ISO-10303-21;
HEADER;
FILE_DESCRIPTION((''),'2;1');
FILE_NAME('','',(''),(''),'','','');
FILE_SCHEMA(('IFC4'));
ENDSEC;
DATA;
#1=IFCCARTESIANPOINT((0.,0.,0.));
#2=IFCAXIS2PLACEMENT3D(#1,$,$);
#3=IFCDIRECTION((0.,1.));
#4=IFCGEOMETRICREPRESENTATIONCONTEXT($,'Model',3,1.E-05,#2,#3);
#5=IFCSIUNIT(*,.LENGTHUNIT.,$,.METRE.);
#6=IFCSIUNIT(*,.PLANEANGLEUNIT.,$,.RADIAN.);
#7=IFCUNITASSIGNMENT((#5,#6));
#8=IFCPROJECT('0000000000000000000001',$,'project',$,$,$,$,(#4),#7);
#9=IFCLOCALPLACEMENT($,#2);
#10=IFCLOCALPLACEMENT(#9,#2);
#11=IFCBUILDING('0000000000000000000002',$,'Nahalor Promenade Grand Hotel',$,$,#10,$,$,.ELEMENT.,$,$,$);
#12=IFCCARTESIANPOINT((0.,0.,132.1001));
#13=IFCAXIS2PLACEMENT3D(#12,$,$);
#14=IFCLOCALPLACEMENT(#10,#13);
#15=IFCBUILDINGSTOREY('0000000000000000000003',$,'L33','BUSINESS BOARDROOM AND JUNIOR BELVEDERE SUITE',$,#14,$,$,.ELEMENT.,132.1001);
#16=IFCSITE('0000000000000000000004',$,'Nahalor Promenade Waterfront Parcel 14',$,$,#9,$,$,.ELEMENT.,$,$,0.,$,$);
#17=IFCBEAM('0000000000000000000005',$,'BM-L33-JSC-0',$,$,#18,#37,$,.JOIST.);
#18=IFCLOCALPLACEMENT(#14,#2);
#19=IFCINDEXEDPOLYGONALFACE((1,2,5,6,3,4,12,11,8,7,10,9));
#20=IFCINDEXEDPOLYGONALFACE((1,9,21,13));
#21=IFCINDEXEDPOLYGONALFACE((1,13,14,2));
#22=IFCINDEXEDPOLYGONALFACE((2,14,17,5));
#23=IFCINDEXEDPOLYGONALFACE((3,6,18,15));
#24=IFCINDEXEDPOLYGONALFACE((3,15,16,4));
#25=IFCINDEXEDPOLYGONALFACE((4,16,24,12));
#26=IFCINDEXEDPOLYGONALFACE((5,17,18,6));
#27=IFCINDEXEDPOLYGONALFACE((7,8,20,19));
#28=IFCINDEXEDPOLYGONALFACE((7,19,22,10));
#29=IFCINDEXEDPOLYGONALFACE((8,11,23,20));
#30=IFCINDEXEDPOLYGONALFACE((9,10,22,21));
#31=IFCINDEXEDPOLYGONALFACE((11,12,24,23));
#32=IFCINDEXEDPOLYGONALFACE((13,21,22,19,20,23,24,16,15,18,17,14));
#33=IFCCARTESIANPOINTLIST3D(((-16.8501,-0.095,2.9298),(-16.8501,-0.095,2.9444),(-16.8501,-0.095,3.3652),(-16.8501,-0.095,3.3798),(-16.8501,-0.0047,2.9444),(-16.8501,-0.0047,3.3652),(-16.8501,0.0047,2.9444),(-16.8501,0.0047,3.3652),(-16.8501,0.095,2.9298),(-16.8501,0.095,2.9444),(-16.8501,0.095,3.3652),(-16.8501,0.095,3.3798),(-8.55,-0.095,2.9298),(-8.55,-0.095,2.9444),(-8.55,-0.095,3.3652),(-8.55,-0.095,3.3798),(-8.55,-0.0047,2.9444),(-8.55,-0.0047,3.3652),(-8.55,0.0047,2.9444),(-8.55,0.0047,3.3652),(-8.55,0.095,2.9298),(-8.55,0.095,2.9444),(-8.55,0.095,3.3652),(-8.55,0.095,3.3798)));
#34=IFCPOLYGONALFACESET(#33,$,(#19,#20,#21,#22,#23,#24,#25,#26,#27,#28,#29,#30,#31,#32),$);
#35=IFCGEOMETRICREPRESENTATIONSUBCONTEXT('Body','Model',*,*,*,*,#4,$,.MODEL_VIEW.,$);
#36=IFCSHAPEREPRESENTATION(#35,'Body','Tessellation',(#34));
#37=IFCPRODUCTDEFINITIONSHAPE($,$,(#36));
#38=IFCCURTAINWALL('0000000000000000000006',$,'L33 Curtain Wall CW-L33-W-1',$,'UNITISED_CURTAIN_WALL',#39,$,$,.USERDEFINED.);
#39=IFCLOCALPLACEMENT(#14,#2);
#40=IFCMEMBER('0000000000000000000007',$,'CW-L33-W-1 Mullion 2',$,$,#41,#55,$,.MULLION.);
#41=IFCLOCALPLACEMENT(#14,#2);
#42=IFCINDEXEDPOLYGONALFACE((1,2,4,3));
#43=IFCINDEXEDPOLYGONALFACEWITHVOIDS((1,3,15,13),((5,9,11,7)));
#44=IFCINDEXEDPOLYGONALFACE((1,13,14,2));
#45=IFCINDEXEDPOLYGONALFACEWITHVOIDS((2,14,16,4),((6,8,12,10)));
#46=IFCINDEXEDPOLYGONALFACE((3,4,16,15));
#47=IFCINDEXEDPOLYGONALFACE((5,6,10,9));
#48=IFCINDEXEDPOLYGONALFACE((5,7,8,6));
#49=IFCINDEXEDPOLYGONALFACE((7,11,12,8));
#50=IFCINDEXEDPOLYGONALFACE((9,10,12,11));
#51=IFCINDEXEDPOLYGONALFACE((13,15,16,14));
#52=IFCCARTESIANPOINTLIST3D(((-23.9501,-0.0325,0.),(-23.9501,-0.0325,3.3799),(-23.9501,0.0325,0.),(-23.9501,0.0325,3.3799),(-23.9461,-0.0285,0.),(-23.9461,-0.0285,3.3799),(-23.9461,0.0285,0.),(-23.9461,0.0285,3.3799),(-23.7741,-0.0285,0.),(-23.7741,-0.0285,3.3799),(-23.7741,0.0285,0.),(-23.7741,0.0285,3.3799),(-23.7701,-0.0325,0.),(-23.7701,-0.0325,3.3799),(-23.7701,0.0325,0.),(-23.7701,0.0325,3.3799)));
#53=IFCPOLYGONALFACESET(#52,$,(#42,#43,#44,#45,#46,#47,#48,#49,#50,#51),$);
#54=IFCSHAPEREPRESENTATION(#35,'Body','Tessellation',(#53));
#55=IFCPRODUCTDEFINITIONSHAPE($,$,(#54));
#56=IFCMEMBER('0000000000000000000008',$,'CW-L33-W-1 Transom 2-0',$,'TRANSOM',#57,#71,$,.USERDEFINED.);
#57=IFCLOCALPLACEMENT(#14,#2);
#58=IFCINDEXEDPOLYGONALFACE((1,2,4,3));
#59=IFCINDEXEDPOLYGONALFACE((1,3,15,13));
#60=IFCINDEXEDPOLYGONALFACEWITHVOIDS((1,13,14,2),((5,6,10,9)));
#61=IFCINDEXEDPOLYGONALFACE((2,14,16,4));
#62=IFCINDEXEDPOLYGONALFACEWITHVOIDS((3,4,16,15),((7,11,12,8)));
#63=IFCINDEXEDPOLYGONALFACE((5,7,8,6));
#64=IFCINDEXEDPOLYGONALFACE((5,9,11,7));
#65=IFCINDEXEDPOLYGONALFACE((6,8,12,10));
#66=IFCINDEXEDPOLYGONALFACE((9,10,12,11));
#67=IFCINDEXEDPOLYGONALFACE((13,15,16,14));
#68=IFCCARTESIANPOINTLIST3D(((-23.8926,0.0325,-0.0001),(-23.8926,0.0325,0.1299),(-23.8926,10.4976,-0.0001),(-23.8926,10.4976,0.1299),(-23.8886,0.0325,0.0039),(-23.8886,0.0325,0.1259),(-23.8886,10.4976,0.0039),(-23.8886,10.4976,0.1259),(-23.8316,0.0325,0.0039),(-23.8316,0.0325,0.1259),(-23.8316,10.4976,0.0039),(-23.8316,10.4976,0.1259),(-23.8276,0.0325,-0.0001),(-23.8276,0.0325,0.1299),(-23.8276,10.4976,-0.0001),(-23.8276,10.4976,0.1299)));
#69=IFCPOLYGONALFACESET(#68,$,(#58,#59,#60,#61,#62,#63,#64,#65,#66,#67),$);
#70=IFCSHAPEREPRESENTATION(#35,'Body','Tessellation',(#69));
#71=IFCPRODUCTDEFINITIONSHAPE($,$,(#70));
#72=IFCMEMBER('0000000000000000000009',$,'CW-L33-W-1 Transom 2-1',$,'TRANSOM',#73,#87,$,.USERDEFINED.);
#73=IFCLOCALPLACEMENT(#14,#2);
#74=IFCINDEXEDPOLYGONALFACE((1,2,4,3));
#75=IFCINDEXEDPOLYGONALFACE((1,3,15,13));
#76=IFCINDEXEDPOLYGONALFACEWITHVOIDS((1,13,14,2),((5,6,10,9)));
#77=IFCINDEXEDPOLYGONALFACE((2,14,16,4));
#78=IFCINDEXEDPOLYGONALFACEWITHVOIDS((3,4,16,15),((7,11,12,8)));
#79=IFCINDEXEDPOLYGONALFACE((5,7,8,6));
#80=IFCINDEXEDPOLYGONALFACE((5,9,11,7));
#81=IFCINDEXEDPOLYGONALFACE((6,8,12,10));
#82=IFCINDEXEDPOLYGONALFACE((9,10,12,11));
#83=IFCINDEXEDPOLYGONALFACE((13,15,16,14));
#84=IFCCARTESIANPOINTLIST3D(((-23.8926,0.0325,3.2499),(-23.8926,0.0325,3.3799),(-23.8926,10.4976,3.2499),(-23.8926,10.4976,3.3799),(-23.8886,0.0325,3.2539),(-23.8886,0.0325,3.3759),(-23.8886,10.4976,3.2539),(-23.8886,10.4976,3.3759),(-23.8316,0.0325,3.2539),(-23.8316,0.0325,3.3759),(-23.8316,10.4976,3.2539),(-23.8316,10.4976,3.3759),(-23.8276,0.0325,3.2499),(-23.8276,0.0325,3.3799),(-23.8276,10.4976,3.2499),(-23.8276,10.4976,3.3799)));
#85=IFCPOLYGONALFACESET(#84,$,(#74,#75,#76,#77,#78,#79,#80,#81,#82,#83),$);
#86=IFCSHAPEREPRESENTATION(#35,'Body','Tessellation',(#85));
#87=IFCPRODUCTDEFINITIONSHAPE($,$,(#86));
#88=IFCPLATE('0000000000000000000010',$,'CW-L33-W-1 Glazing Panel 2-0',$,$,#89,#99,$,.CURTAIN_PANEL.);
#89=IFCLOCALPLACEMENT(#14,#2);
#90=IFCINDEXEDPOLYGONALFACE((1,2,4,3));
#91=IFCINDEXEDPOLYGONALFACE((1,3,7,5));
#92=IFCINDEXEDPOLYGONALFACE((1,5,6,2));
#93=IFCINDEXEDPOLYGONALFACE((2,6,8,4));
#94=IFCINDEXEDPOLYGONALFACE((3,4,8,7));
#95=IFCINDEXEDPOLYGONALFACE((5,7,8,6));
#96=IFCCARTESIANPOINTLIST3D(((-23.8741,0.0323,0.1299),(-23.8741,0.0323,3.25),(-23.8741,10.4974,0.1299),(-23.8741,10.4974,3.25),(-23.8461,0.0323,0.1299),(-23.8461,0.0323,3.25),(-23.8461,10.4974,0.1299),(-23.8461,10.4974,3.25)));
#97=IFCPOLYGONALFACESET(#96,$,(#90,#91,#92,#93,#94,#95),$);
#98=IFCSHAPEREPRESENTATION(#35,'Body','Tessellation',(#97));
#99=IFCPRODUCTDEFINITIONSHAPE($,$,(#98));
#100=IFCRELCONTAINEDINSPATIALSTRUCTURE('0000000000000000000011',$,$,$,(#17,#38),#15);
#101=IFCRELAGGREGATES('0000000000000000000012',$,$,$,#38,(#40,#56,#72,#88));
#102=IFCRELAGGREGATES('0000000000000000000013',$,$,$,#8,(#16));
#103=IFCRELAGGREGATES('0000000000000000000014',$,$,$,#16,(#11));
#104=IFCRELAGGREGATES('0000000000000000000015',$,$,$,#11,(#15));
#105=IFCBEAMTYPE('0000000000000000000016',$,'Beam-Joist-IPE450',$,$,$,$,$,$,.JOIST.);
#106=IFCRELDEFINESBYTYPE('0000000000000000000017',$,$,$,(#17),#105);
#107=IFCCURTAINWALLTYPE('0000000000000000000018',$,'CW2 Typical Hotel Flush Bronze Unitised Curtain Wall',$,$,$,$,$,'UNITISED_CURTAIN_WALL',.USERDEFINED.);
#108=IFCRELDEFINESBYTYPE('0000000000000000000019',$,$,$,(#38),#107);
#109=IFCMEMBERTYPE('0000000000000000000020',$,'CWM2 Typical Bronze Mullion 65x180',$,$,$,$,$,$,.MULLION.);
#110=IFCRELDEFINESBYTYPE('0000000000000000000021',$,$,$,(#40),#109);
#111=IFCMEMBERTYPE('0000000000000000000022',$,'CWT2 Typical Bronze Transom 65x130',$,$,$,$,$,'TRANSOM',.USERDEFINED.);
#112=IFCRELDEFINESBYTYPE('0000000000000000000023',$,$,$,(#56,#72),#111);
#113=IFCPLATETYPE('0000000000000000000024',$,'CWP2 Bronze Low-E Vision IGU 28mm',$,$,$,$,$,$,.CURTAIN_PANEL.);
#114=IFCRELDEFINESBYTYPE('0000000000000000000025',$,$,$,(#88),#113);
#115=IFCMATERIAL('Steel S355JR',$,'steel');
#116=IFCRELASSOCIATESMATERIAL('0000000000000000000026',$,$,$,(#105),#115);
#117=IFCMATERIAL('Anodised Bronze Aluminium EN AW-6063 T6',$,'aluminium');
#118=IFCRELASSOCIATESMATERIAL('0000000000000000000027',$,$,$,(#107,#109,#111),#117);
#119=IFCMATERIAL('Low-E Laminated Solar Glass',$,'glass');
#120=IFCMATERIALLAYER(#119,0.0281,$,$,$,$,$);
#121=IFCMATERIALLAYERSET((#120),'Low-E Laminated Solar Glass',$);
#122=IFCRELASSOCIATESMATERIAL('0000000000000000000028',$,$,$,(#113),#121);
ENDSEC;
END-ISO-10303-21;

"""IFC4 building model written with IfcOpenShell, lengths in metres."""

from ifc_helpers import new_model, si_unit, direction, frame, origin, origin_2d, place, context, subcontext, project, spatial, rectangle, hollow_rectangle, i_section, extrude, source, transform, mapped, material, layer, layer_set, material_profile, profile_set, type_object, element, aggregate, save


model = new_model("IFC4")

# Units and contexts
model_context = context("Model", 3, precision=1e-05, world=origin(), true_north=direction((0.0, 1.0)))
body_context = subcontext(model_context, "Body", "Model", "MODEL_VIEW")
ifc_project = project(units=[si_unit("LENGTHUNIT", "METRE"), si_unit("PLANEANGLEUNIT", "RADIAN")], contexts=[model_context])

# Site, building, storey
site_placement = place(None, origin())
site = spatial("IfcSite", under=ifc_project, at=site_placement, Name="Nahalor Promenade Waterfront Parcel 14", CompositionType="ELEMENT", RefElevation=0.0)
building_placement = place(site_placement, origin())
building = spatial("IfcBuilding", under=site, at=building_placement, Name="Nahalor Promenade Grand Hotel", CompositionType="ELEMENT")
storey_placement = place(building_placement, frame((0.0, 0.0, 132.1001)))
storey = spatial("IfcBuildingStorey", under=building, at=storey_placement, Name="L33", Description="BUSINESS BOARDROOM AND JUNIOR BELVEDERE SUITE", CompositionType="ELEMENT", Elevation=132.1001)

# Beam
ifc_material_1 = material(Name="Steel S355JR", Category="steel")
ifc_material_profile_1 = material_profile(ifc_material_1, i_section(OverallWidth=0.19, OverallDepth=0.45, WebThickness=0.0094, FlangeThickness=0.0146, at=origin_2d()), Name="IPE 450")
ifc_profile_set_1 = profile_set([ifc_material_profile_1], Name="Steel S355JR")
beam_type = type_object("IfcBeamType", Name="Beam-Joist-IPE450", PredefinedType="JOIST", material=ifc_profile_set_1)
shared_shape_1 = source(origin(), body_context, "Body", "SweptSolid", [
    extrude(i_section(OverallWidth=0.19, OverallDepth=0.45, WebThickness=0.0094, FlangeThickness=0.0146, at=origin_2d()), origin(), (0.0, 0.0, 1.0), 8.3),
])
beam_placement = place(storey_placement, frame((-16.8501, 0.0, 3.1548), z_axis=(1.0, 0.0, 0.0), x_axis=(0.0, 1.0, 0.0)))
element("IfcBeam", 1, at=beam_placement, inside=storey, type_object=beam_type, Name="BM-L33-JSC-0", PredefinedType="JOIST", context=body_context, shape_type="MappedRepresentation", body=[
    mapped(shared_shape_1, transform((0.0, 0.0, 0.0), scale=1.0)),
])

# Curtain wall, members, plate
ifc_material_2 = material(Name="Anodised Bronze Aluminium EN AW-6063 T6", Category="aluminium")
curtain_wall_type = type_object("IfcCurtainWallType", Name="CW2 Typical Hotel Flush Bronze Unitised Curtain Wall", ElementType="UNITISED_CURTAIN_WALL", PredefinedType="USERDEFINED", material=ifc_material_2)
curtain_wall_placement = place(storey_placement, origin())
curtain_wall = element("IfcCurtainWall", 2, at=curtain_wall_placement, inside=storey, type_object=curtain_wall_type, Name="L33 Curtain Wall CW-L33-W-1", ObjectType="UNITISED_CURTAIN_WALL", PredefinedType="USERDEFINED")
ifc_material_profile_2 = material_profile(ifc_material_2, hollow_rectangle(XDim=0.065, YDim=0.18, WallThickness=0.004, at=origin_2d()), Name="CWM 65x180x4")
ifc_profile_set_2 = profile_set([ifc_material_profile_2], Name="Anodised Bronze Aluminium EN AW-6063 T6")
member_type_1 = type_object("IfcMemberType", Name="CWM2 Typical Bronze Mullion 65x180", PredefinedType="MULLION", material=ifc_profile_set_2)
shared_shape_2 = source(origin(), body_context, "Body", "SweptSolid", [
    extrude(hollow_rectangle(XDim=0.065, YDim=0.18, WallThickness=0.004, at=origin_2d()), origin(), (0.0, 0.0, 1.0), 3.3799),
])
member_1_placement = place(storey_placement, frame((-23.8601, 0.0, 0.0), z_axis=(0.0, 0.0, 1.0), x_axis=(0.0, 1.0, 0.0)))
member_1 = element("IfcMember", 3, at=member_1_placement, type_object=member_type_1, Name="CW-L33-W-1 Mullion 2", PredefinedType="MULLION", context=body_context, shape_type="MappedRepresentation", body=[
    mapped(shared_shape_2, transform((0.0, 0.0, 0.0), scale=1.0)),
])
ifc_material_profile_3 = material_profile(ifc_material_2, hollow_rectangle(XDim=0.065, YDim=0.13, WallThickness=0.004, at=origin_2d()), Name="CWT 65x130x4")
ifc_profile_set_3 = profile_set([ifc_material_profile_3], Name="Anodised Bronze Aluminium EN AW-6063 T6")
member_type_2 = type_object("IfcMemberType", Name="CWT2 Typical Bronze Transom 65x130", ElementType="TRANSOM", PredefinedType="USERDEFINED", material=ifc_profile_set_3)
shared_shape_3 = source(origin(), body_context, "Body", "SweptSolid", [
    extrude(hollow_rectangle(XDim=0.065, YDim=0.13, WallThickness=0.004, at=origin_2d()), origin(), (0.0, 0.0, 1.0), 10.4651),
])
member_2_placement = place(storey_placement, frame((-23.8601, 0.0325, 0.0649), z_axis=(0.0, 1.0, 0.0), x_axis=(-1.0, 0.0, 0.0)))
member_2 = element("IfcMember", 4, at=member_2_placement, type_object=member_type_2, Name="CW-L33-W-1 Transom 2-0", ObjectType="TRANSOM", PredefinedType="USERDEFINED", context=body_context, shape_type="MappedRepresentation", body=[
    mapped(shared_shape_3, transform((0.0, 0.0, 0.0), scale=1.0)),
])
member_3_placement = place(storey_placement, frame((-23.8601, 0.0325, 3.3149), z_axis=(0.0, 1.0, 0.0), x_axis=(-1.0, 0.0, 0.0)))
member_3 = element("IfcMember", 5, at=member_3_placement, type_object=member_type_2, Name="CW-L33-W-1 Transom 2-1", ObjectType="TRANSOM", PredefinedType="USERDEFINED", context=body_context, shape_type="MappedRepresentation", body=[
    mapped(shared_shape_3, transform((0.0, 0.0, 0.0), scale=1.0)),
])
ifc_material_3 = material(Name="Low-E Laminated Solar Glass", Category="glass")
ifc_layer_1 = layer(ifc_material_3, 0.0281)
ifc_layer_set_1 = layer_set([ifc_layer_1], Name="Low-E Laminated Solar Glass")
plate_type = type_object("IfcPlateType", Name="CWP2 Bronze Low-E Vision IGU 28mm", PredefinedType="CURTAIN_PANEL", material=ifc_layer_set_1)
shared_shape_4 = source(origin(), body_context, "Body", "SweptSolid", [
    extrude(rectangle(XDim=10.4651, YDim=0.0281, at=origin_2d()), origin(), (0.0, 0.0, 1.0), 3.1201),
])
plate_placement = place(storey_placement, frame((-23.8601, 5.2649, 0.1299), z_axis=(0.0, 0.0, 1.0), x_axis=(0.0, 1.0, 0.0)))
plate = element("IfcPlate", 6, at=plate_placement, type_object=plate_type, Name="CW-L33-W-1 Glazing Panel 2-0", PredefinedType="CURTAIN_PANEL", context=body_context, shape_type="MappedRepresentation", body=[
    mapped(shared_shape_4, transform((0.0, 0.0, 0.0), scale=1.0)),
])
aggregate(curtain_wall, [member_1, member_2, member_3, plate])

save(model, "model.ifc")
